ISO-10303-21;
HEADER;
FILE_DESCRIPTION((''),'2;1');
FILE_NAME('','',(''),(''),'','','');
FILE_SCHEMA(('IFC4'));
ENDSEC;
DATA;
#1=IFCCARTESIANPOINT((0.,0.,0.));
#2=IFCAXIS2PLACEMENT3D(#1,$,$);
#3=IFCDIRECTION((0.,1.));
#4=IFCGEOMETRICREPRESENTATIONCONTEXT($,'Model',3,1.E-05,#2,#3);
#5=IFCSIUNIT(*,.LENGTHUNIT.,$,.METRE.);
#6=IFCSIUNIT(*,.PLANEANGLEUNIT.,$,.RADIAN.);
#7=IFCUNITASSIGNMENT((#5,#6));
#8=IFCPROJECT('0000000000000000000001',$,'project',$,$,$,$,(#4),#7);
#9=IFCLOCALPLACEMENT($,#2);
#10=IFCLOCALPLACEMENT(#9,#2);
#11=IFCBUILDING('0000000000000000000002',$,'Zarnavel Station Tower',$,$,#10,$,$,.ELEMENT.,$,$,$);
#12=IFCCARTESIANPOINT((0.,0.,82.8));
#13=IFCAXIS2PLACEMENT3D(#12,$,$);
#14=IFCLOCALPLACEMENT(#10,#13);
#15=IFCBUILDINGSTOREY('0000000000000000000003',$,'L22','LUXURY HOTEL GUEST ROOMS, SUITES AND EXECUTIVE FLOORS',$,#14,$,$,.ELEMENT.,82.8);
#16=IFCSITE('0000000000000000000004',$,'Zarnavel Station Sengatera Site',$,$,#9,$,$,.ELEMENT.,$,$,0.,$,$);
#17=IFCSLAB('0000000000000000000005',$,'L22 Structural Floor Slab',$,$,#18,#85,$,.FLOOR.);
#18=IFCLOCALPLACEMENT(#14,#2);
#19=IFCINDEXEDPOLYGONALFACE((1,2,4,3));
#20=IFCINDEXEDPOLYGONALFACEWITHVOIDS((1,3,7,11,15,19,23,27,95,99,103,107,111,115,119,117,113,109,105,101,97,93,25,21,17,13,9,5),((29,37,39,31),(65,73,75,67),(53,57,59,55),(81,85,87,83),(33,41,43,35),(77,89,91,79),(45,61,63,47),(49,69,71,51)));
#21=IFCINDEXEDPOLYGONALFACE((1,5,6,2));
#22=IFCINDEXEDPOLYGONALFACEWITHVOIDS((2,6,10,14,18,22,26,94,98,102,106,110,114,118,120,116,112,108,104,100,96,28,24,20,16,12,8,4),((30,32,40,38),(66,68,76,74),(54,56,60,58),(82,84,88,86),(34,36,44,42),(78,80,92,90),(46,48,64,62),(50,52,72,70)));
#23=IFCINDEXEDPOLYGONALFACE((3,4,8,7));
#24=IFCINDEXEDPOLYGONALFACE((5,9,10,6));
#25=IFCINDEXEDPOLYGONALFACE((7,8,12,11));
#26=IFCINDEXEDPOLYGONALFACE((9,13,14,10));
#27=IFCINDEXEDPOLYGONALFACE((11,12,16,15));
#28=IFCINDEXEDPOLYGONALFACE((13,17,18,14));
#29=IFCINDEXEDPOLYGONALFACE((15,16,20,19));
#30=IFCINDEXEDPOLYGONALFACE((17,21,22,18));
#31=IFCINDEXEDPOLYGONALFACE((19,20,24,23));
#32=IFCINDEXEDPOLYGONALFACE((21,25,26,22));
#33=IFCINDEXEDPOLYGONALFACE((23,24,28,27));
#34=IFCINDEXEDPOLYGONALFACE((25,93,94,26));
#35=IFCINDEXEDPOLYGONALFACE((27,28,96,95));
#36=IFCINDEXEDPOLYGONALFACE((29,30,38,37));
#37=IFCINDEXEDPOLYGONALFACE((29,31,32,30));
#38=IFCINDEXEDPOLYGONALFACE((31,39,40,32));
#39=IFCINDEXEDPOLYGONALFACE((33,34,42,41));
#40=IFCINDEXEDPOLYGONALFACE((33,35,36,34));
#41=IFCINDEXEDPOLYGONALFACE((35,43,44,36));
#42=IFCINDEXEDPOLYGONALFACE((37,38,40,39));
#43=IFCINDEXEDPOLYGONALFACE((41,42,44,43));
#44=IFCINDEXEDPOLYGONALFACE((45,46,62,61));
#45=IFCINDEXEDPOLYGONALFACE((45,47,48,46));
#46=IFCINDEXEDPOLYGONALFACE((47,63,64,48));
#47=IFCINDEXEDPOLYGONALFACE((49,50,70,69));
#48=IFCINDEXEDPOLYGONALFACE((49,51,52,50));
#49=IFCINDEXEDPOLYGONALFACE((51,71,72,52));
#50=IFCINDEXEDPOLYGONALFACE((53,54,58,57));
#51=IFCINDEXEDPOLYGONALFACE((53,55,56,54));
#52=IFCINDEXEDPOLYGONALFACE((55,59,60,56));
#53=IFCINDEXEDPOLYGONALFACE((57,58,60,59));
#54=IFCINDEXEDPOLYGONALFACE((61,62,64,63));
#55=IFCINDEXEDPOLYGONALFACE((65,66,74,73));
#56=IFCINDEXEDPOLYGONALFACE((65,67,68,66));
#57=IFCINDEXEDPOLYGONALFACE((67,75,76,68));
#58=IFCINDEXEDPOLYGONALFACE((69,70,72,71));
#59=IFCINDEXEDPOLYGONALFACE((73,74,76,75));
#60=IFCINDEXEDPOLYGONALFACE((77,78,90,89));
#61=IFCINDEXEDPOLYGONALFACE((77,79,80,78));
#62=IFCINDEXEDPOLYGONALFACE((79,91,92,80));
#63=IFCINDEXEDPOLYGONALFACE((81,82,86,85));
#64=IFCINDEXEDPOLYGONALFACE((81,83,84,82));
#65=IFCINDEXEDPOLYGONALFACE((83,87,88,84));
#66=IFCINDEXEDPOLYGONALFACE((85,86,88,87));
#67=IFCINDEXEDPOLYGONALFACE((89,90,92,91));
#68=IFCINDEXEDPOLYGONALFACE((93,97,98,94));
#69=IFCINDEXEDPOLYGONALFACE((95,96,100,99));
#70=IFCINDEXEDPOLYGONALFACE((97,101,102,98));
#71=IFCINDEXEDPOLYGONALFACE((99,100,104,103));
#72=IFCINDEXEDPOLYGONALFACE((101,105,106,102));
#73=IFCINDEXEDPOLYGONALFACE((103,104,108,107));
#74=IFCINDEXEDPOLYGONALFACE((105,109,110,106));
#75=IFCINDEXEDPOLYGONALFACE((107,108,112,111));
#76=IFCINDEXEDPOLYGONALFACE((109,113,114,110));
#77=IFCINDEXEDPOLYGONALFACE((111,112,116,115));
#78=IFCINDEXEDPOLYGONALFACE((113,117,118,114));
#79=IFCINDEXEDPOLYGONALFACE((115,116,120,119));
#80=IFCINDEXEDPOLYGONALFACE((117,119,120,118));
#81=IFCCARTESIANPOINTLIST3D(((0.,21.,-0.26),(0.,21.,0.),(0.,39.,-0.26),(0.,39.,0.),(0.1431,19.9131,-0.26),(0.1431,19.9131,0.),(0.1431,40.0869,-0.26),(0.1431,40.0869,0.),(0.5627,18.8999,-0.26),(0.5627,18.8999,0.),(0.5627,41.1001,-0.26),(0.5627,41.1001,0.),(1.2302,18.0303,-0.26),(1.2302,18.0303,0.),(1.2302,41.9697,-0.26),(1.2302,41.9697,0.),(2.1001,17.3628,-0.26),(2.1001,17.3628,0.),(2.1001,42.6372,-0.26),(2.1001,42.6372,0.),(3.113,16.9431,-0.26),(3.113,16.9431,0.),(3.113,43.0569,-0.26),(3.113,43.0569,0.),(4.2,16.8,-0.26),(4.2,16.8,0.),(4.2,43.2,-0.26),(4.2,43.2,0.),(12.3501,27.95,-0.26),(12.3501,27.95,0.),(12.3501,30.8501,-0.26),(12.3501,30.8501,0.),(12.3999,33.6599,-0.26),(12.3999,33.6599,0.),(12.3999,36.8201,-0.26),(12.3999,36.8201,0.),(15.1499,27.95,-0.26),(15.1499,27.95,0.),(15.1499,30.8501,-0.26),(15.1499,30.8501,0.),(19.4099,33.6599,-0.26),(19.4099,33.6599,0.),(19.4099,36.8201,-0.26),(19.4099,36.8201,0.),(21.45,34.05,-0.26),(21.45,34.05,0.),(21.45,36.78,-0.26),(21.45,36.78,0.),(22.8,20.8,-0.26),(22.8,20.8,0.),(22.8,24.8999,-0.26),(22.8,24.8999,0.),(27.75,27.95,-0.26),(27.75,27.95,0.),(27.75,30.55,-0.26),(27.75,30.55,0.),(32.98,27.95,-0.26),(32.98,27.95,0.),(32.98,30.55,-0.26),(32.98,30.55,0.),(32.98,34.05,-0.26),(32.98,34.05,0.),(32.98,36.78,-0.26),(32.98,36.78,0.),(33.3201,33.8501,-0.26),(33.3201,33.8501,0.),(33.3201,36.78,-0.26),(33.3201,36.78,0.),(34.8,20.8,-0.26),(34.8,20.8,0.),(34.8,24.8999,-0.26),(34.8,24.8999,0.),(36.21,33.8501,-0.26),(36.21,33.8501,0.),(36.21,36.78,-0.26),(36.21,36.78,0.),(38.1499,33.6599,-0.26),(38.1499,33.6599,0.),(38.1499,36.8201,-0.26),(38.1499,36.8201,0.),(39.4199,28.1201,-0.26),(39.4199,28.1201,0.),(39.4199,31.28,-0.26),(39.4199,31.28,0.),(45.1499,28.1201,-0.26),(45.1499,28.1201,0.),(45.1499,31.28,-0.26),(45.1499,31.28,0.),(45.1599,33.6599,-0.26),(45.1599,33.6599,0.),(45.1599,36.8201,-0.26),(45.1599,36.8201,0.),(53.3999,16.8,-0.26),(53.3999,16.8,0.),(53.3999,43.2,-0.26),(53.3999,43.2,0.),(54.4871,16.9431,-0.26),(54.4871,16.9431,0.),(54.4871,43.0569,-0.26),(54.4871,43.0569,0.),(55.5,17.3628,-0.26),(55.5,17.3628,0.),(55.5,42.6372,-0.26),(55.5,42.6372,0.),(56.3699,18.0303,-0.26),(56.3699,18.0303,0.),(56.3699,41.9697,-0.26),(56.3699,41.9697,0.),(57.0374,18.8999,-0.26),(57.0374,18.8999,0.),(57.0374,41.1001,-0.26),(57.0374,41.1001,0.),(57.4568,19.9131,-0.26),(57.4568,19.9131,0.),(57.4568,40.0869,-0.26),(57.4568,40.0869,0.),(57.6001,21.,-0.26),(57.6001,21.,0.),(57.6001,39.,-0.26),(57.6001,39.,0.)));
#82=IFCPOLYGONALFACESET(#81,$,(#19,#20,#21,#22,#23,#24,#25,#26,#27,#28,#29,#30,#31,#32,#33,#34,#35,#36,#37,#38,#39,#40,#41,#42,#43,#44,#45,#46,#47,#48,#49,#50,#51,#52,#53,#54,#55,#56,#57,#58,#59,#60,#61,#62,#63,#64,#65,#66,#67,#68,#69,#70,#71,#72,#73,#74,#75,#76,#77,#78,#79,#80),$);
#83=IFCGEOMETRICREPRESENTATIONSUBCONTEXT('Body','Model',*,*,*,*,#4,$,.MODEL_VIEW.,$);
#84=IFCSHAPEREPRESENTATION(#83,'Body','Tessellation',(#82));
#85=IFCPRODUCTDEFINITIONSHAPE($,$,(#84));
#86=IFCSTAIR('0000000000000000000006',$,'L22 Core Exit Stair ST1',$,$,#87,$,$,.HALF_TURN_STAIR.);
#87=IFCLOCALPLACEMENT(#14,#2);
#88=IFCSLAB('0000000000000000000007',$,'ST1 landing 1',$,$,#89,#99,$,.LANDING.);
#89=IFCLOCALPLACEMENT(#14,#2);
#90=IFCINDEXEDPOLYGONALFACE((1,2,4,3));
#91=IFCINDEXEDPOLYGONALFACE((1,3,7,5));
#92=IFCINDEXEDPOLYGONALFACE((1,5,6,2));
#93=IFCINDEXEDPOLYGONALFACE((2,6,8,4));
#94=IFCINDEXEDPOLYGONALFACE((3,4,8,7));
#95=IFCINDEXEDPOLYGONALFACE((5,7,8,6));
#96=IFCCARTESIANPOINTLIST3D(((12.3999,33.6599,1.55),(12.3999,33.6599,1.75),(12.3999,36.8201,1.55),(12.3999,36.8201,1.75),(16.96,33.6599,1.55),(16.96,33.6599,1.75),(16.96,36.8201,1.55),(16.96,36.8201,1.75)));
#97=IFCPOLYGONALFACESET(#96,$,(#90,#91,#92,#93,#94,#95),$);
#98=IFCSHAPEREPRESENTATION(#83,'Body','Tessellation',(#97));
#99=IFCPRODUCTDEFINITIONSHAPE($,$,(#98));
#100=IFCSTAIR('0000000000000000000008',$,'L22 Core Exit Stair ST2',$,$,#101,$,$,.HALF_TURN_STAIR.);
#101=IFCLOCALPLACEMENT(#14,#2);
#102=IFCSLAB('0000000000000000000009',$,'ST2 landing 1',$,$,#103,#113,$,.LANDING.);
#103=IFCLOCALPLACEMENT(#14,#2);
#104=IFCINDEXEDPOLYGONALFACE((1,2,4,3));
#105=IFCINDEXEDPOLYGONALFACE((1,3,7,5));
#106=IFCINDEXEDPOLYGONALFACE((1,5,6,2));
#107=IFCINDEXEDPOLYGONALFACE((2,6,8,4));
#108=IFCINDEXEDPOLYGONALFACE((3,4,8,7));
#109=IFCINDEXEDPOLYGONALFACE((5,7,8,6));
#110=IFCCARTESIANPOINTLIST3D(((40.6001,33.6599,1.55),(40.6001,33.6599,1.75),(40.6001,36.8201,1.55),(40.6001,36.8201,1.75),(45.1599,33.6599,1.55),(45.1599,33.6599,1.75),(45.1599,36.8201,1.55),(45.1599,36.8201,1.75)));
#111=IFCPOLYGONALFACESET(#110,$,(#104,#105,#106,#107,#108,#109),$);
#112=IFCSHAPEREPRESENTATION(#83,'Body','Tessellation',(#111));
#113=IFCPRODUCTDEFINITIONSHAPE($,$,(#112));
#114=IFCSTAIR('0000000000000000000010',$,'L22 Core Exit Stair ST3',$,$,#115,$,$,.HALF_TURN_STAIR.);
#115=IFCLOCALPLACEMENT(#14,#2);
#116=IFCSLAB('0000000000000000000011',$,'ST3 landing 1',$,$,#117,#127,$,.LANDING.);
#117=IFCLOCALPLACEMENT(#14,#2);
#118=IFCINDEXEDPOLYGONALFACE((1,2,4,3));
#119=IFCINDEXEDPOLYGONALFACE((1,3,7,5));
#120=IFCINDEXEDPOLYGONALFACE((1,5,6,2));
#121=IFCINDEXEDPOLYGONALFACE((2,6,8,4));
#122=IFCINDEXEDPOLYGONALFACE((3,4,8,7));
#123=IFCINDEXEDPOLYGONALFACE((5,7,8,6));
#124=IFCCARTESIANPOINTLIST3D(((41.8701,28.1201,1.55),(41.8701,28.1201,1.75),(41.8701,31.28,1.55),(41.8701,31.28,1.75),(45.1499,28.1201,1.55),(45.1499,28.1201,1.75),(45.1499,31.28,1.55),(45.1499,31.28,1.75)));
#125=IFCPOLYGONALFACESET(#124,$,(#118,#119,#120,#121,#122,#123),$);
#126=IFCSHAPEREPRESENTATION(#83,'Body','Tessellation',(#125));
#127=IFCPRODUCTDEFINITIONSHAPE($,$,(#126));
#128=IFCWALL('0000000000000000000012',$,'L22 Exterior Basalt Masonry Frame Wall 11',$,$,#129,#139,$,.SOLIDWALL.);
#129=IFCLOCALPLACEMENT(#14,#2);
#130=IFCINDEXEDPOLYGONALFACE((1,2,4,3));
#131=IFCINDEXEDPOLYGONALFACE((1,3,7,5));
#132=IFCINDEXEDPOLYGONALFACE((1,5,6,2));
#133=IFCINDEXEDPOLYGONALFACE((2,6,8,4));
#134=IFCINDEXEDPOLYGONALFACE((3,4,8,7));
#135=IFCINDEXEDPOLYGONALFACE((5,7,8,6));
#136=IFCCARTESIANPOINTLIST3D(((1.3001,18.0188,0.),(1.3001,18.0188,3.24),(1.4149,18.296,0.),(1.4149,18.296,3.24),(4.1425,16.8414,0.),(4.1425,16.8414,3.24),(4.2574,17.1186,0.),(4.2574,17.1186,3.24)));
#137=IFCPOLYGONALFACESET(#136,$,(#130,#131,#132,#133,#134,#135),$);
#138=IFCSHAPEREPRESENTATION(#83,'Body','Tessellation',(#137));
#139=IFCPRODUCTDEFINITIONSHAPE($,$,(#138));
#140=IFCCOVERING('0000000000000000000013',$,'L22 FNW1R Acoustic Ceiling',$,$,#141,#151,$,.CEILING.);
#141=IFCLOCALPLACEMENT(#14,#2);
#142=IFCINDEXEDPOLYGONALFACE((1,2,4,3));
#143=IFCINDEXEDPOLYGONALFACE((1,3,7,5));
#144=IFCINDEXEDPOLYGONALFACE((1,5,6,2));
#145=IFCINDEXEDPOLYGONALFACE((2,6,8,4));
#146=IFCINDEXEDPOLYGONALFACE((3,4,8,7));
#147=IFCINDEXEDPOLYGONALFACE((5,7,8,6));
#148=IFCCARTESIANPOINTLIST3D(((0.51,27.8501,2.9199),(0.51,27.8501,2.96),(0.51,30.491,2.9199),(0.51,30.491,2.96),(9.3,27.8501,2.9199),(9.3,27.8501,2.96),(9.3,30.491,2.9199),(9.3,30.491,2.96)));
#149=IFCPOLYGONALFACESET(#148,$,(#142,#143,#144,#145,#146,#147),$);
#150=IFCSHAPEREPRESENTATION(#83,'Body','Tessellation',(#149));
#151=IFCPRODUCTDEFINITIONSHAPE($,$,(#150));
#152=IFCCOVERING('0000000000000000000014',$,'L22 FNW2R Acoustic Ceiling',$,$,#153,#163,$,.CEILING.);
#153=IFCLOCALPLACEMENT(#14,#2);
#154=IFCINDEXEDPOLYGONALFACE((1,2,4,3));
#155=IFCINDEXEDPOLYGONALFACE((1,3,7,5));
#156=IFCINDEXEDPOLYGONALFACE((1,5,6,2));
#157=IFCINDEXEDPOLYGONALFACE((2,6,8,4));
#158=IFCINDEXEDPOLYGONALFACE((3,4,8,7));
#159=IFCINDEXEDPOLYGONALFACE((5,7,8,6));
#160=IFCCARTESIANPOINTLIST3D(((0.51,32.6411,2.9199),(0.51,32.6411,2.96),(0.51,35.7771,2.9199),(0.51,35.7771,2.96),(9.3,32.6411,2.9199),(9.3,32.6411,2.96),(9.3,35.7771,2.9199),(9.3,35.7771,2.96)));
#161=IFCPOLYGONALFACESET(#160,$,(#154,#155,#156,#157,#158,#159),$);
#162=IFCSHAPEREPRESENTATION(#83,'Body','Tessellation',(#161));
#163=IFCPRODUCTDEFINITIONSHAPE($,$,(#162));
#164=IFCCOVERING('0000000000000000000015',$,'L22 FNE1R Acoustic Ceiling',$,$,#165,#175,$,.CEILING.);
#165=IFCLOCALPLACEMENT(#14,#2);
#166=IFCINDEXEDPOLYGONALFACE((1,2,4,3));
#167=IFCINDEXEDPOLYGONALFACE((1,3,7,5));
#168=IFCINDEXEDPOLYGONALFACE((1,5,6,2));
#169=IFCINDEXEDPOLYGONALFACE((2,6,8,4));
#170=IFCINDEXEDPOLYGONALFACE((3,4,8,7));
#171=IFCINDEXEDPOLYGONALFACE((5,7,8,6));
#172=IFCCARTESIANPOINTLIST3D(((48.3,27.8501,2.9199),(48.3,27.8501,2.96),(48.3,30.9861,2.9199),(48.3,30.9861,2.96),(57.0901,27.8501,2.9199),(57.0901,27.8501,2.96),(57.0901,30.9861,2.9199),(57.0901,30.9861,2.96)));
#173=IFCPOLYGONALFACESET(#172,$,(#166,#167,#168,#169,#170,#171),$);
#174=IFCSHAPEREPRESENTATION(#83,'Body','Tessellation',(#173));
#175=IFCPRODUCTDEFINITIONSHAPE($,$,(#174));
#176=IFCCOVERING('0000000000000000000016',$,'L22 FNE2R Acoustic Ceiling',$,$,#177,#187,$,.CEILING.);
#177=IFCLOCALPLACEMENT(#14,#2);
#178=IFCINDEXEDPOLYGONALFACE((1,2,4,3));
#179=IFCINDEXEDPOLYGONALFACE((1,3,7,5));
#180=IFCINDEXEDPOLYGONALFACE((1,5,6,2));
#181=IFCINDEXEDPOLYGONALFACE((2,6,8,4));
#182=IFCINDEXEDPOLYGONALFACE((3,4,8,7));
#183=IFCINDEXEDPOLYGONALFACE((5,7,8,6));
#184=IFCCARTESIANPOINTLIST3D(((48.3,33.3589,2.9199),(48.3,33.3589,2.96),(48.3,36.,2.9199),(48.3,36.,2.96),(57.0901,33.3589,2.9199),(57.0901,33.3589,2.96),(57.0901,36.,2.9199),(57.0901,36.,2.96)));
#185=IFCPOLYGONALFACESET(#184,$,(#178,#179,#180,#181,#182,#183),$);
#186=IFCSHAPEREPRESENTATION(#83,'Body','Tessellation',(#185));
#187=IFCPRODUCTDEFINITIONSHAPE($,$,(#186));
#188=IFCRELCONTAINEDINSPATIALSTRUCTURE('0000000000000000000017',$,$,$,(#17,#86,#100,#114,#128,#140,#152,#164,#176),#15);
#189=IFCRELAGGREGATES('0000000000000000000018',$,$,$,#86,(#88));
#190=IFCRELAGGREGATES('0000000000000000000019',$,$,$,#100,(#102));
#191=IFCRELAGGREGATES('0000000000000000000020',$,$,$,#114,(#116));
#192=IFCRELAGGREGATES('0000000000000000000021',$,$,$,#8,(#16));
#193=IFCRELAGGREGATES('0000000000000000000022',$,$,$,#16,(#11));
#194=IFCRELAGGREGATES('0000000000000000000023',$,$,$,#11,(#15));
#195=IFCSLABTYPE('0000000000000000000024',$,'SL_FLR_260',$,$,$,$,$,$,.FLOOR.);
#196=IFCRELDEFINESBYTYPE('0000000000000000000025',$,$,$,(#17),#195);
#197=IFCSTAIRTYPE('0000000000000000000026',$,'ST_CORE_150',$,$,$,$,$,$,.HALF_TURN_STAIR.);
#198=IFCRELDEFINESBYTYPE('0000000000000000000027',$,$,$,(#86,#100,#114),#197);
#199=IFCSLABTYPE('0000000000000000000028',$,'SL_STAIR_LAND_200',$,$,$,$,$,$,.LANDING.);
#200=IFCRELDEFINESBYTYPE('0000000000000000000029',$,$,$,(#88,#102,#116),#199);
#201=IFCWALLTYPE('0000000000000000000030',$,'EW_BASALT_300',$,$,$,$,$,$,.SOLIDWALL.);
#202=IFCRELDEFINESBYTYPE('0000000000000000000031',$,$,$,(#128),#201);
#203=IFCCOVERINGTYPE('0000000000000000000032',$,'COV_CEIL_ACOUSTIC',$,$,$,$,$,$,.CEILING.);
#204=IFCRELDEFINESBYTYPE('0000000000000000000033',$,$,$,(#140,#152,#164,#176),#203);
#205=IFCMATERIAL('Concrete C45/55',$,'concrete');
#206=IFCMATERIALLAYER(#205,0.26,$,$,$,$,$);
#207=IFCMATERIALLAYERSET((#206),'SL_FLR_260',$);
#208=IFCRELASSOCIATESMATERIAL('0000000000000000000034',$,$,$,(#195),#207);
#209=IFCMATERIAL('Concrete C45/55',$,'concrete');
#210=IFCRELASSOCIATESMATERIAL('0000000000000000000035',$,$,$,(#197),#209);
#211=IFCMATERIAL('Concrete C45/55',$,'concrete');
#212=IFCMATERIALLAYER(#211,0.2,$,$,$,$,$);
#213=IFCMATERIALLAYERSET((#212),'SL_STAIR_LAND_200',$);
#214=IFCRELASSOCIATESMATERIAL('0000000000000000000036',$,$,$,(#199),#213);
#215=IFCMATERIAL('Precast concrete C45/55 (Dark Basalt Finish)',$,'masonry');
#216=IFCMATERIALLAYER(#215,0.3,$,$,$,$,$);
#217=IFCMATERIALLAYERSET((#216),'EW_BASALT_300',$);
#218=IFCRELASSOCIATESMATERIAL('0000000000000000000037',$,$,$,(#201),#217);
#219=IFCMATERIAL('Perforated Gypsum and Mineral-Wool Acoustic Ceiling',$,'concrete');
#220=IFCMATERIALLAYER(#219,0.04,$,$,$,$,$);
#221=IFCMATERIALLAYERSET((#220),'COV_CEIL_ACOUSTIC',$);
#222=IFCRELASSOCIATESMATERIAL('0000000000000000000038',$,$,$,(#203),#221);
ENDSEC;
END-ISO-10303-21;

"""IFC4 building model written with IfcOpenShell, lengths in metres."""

from ifc_helpers import new_model, si_unit, direction, frame, frame_2d, origin, place, context, subcontext, project, spatial, polyline, rectangle, outline, extrude, material, layer, layer_set, type_object, element, aggregate, save


model = new_model("IFC4")

# Units and contexts
model_context = context("Model", 3, precision=1e-05, world=origin(), true_north=direction((0.0, 1.0)))
body_context = subcontext(model_context, "Body", "Model", "MODEL_VIEW")
ifc_project = project(units=[si_unit("LENGTHUNIT", "METRE"), si_unit("PLANEANGLEUNIT", "RADIAN")], contexts=[model_context])

# Site, building, storey
site_placement = place(None, origin())
site = spatial("IfcSite", under=ifc_project, at=site_placement, Name="Zarnavel Station Sengatera Site", CompositionType="ELEMENT", RefElevation=0.0)
building_placement = place(site_placement, origin())
building = spatial("IfcBuilding", under=site, at=building_placement, Name="Zarnavel Station Tower", CompositionType="ELEMENT")
storey_placement = place(building_placement, frame((0.0, 0.0, 82.8)))
storey = spatial("IfcBuildingStorey", under=building, at=storey_placement, Name="L22", Description="LUXURY HOTEL GUEST ROOMS, SUITES AND EXECUTIVE FLOORS", CompositionType="ELEMENT", Elevation=82.8)

# Slab
ifc_material_1 = material(Name="Concrete C45/55", Category="concrete")
ifc_layer_1 = layer(ifc_material_1, 0.26)
ifc_layer_set_1 = layer_set([ifc_layer_1], Name="SL_FLR_260")
slab_type_1 = type_object("IfcSlabType", Name="SL_FLR_260", PredefinedType="FLOOR", material=ifc_layer_set_1)
slab_1_placement = place(storey_placement, frame((0.0, 0.0, -0.26)))
element("IfcSlab", 1, at=slab_1_placement, inside=storey, type_object=slab_type_1, Name="L22 Structural Floor Slab", PredefinedType="FLOOR", context=body_context, shape_type="SweptSolid", body=[
    extrude(outline(polyline([(53.3999, 16.8), (54.4871, 16.9431), (55.5, 17.3628), (56.3699, 18.0303), (57.0374, 18.8999), (57.4568, 19.9131), (57.6001, 21.0), (57.6001, 39.0), (57.4568, 40.0869), (57.0374, 41.1001), (56.3699, 41.9697), (55.5, 42.6372), (54.4871, 43.0569), (53.3999, 43.2), (4.2, 43.2), (3.113, 43.0569), (2.1001, 42.6372), (1.2302, 41.9697), (0.5627, 41.1001), (0.1431, 40.0869), (0.0, 39.0), (0.0, 21.0), (0.1431, 19.9131), (0.5627, 18.8999), (1.2302, 18.0303), (2.1001, 17.3628), (3.113, 16.9431), (4.2, 16.8), (53.3999, 16.8)]), holes=[polyline([(12.3999, 33.6599), (19.4099, 33.6599), (19.4099, 36.8201), (12.3999, 36.8201), (12.3999, 33.6599)]), polyline([(38.1499, 33.6599), (45.1599, 33.6599), (45.1599, 36.8201), (38.1499, 36.8201), (38.1499, 33.6599)]), polyline([(39.4199, 28.1201), (45.1499, 28.1201), (45.1499, 31.28), (39.4199, 31.28), (39.4199, 28.1201)]), polyline([(12.3501, 27.95), (15.1499, 27.95), (15.1499, 30.8501), (12.3501, 30.8501), (12.3501, 27.95)]), polyline([(33.3201, 33.8501), (36.21, 33.8501), (36.21, 36.78), (33.3201, 36.78), (33.3201, 33.8501)]), polyline([(21.45, 34.05), (32.98, 34.05), (32.98, 36.78), (21.45, 36.78), (21.45, 34.05)]), polyline([(27.75, 27.95), (32.98, 27.95), (32.98, 30.55), (27.75, 30.55), (27.75, 27.95)]), polyline([(22.8, 20.8), (34.8, 20.8), (34.8, 24.8999), (22.8, 24.8999), (22.8, 20.8)])]), origin(), (0.0, 0.0, 1.0), 0.26),
])

# Stairs, slabs
ifc_material_2 = material(Name="Concrete C45/55", Category="concrete")
stair_type = type_object("IfcStairType", Name="ST_CORE_150", PredefinedType="HALF_TURN_STAIR", material=ifc_material_2)
stair_1_placement = place(storey_placement, origin())
stair_1 = element("IfcStair", 2, at=stair_1_placement, inside=storey, type_object=stair_type, Name="L22 Core Exit Stair ST1", PredefinedType="HALF_TURN_STAIR")
ifc_material_3 = material(Name="Concrete C45/55", Category="concrete")
ifc_layer_2 = layer(ifc_material_3, 0.2)
ifc_layer_set_2 = layer_set([ifc_layer_2], Name="SL_STAIR_LAND_200")
slab_type_2 = type_object("IfcSlabType", Name="SL_STAIR_LAND_200", PredefinedType="LANDING", material=ifc_layer_set_2)
slab_2_placement = place(storey_placement, frame((0.0, 0.0, 1.55)))
slab_2 = element("IfcSlab", 3, at=slab_2_placement, type_object=slab_type_2, Name="ST1 landing 1", PredefinedType="LANDING", context=body_context, shape_type="SweptSolid", body=[
    extrude(outline(polyline([(16.96, 36.8201), (12.3999, 36.8201), (12.3999, 33.6599), (16.96, 33.6599), (16.96, 36.8201)])), origin(), (0.0, 0.0, 1.0), 0.2),
])
aggregate(stair_1, [slab_2])
stair_2_placement = place(storey_placement, origin())
stair_2 = element("IfcStair", 4, at=stair_2_placement, inside=storey, type_object=stair_type, Name="L22 Core Exit Stair ST2", PredefinedType="HALF_TURN_STAIR")
slab_3_placement = place(storey_placement, frame((0.0, 0.0, 1.55)))
slab_3 = element("IfcSlab", 5, at=slab_3_placement, type_object=slab_type_2, Name="ST2 landing 1", PredefinedType="LANDING", context=body_context, shape_type="SweptSolid", body=[
    extrude(outline(polyline([(40.6001, 33.6599), (45.1599, 33.6599), (45.1599, 36.8201), (40.6001, 36.8201), (40.6001, 33.6599)])), origin(), (0.0, 0.0, 1.0), 0.2),
])
aggregate(stair_2, [slab_3])
stair_3_placement = place(storey_placement, origin())
stair_3 = element("IfcStair", 6, at=stair_3_placement, inside=storey, type_object=stair_type, Name="L22 Core Exit Stair ST3", PredefinedType="HALF_TURN_STAIR")
slab_4_placement = place(storey_placement, frame((0.0, 0.0, 1.55)))
slab_4 = element("IfcSlab", 7, at=slab_4_placement, type_object=slab_type_2, Name="ST3 landing 1", PredefinedType="LANDING", context=body_context, shape_type="SweptSolid", body=[
    extrude(outline(polyline([(41.8701, 28.1201), (45.1499, 28.1201), (45.1499, 31.28), (41.8701, 31.28), (41.8701, 28.1201)])), origin(), (0.0, 0.0, 1.0), 0.2),
])
aggregate(stair_3, [slab_4])

# Wall
ifc_material_4 = material(Name="Precast concrete C45/55 (Dark Basalt Finish)", Category="masonry")
ifc_layer_3 = layer(ifc_material_4, 0.3)
ifc_layer_set_3 = layer_set([ifc_layer_3], Name="EW_BASALT_300")
wall_type = type_object("IfcWallType", Name="EW_BASALT_300", PredefinedType="SOLIDWALL", material=ifc_layer_set_3)
wall_placement = place(storey_placement, frame((4.2, 16.98, 0.0), z_axis=(0.0, 0.0, 1.0), x_axis=(-0.923871, 0.382705, 0.0)))
element("IfcWall", 8, at=wall_placement, inside=storey, type_object=wall_type, Name="L22 Exterior Basalt Masonry Frame Wall 11", PredefinedType="SOLIDWALL", context=body_context, shape_type="SweptSolid", body=[
    extrude(rectangle(XDim=3.0767, YDim=0.3, at=frame_2d((1.5383, 0.0))), origin(), (0.0, 0.0, 1.0), 3.24),
])

# Coverings
ifc_material_5 = material(Name="Perforated Gypsum and Mineral-Wool Acoustic Ceiling", Category="concrete")
ifc_layer_4 = layer(ifc_material_5, 0.04)
ifc_layer_set_4 = layer_set([ifc_layer_4], Name="COV_CEIL_ACOUSTIC")
covering_type_1 = type_object("IfcCoveringType", Name="COV_CEIL_ACOUSTIC", PredefinedType="CEILING", material=ifc_layer_set_4)
covering_1_placement = place(storey_placement, frame((0.0, 0.0, 2.9199)))
element("IfcCovering", 9, at=covering_1_placement, inside=storey, type_object=covering_type_1, Name="L22 FNW1R Acoustic Ceiling", PredefinedType="CEILING", context=body_context, shape_type="SweptSolid", body=[
    extrude(outline(polyline([(0.51, 27.8501), (9.3, 27.8501), (9.3, 30.491), (0.51, 30.491), (0.51, 27.8501)])), origin(), (0.0, 0.0, 1.0), 0.04),
])
covering_2_placement = place(storey_placement, frame((0.0, 0.0, 2.9199)))
element("IfcCovering", 10, at=covering_2_placement, inside=storey, type_object=covering_type_1, Name="L22 FNW2R Acoustic Ceiling", PredefinedType="CEILING", context=body_context, shape_type="SweptSolid", body=[
    extrude(outline(polyline([(0.51, 32.6411), (9.3, 32.6411), (9.3, 35.7771), (0.51, 35.7771), (0.51, 32.6411)])), origin(), (0.0, 0.0, 1.0), 0.04),
])
covering_3_placement = place(storey_placement, frame((0.0, 0.0, 2.9199)))
element("IfcCovering", 11, at=covering_3_placement, inside=storey, type_object=covering_type_1, Name="L22 FNE1R Acoustic Ceiling", PredefinedType="CEILING", context=body_context, shape_type="SweptSolid", body=[
    extrude(outline(polyline([(48.3, 27.8501), (57.0901, 27.8501), (57.0901, 30.9861), (48.3, 30.9861), (48.3, 27.8501)])), origin(), (0.0, 0.0, 1.0), 0.04),
])
covering_4_placement = place(storey_placement, frame((0.0, 0.0, 2.9199)))
element("IfcCovering", 12, at=covering_4_placement, inside=storey, type_object=covering_type_1, Name="L22 FNE2R Acoustic Ceiling", PredefinedType="CEILING", context=body_context, shape_type="SweptSolid", body=[
    extrude(outline(polyline([(48.3, 33.3589), (57.0901, 33.3589), (57.0901, 36.0), (48.3, 36.0), (48.3, 33.3589)])), origin(), (0.0, 0.0, 1.0), 0.04),
])

save(model, "model.ifc")
